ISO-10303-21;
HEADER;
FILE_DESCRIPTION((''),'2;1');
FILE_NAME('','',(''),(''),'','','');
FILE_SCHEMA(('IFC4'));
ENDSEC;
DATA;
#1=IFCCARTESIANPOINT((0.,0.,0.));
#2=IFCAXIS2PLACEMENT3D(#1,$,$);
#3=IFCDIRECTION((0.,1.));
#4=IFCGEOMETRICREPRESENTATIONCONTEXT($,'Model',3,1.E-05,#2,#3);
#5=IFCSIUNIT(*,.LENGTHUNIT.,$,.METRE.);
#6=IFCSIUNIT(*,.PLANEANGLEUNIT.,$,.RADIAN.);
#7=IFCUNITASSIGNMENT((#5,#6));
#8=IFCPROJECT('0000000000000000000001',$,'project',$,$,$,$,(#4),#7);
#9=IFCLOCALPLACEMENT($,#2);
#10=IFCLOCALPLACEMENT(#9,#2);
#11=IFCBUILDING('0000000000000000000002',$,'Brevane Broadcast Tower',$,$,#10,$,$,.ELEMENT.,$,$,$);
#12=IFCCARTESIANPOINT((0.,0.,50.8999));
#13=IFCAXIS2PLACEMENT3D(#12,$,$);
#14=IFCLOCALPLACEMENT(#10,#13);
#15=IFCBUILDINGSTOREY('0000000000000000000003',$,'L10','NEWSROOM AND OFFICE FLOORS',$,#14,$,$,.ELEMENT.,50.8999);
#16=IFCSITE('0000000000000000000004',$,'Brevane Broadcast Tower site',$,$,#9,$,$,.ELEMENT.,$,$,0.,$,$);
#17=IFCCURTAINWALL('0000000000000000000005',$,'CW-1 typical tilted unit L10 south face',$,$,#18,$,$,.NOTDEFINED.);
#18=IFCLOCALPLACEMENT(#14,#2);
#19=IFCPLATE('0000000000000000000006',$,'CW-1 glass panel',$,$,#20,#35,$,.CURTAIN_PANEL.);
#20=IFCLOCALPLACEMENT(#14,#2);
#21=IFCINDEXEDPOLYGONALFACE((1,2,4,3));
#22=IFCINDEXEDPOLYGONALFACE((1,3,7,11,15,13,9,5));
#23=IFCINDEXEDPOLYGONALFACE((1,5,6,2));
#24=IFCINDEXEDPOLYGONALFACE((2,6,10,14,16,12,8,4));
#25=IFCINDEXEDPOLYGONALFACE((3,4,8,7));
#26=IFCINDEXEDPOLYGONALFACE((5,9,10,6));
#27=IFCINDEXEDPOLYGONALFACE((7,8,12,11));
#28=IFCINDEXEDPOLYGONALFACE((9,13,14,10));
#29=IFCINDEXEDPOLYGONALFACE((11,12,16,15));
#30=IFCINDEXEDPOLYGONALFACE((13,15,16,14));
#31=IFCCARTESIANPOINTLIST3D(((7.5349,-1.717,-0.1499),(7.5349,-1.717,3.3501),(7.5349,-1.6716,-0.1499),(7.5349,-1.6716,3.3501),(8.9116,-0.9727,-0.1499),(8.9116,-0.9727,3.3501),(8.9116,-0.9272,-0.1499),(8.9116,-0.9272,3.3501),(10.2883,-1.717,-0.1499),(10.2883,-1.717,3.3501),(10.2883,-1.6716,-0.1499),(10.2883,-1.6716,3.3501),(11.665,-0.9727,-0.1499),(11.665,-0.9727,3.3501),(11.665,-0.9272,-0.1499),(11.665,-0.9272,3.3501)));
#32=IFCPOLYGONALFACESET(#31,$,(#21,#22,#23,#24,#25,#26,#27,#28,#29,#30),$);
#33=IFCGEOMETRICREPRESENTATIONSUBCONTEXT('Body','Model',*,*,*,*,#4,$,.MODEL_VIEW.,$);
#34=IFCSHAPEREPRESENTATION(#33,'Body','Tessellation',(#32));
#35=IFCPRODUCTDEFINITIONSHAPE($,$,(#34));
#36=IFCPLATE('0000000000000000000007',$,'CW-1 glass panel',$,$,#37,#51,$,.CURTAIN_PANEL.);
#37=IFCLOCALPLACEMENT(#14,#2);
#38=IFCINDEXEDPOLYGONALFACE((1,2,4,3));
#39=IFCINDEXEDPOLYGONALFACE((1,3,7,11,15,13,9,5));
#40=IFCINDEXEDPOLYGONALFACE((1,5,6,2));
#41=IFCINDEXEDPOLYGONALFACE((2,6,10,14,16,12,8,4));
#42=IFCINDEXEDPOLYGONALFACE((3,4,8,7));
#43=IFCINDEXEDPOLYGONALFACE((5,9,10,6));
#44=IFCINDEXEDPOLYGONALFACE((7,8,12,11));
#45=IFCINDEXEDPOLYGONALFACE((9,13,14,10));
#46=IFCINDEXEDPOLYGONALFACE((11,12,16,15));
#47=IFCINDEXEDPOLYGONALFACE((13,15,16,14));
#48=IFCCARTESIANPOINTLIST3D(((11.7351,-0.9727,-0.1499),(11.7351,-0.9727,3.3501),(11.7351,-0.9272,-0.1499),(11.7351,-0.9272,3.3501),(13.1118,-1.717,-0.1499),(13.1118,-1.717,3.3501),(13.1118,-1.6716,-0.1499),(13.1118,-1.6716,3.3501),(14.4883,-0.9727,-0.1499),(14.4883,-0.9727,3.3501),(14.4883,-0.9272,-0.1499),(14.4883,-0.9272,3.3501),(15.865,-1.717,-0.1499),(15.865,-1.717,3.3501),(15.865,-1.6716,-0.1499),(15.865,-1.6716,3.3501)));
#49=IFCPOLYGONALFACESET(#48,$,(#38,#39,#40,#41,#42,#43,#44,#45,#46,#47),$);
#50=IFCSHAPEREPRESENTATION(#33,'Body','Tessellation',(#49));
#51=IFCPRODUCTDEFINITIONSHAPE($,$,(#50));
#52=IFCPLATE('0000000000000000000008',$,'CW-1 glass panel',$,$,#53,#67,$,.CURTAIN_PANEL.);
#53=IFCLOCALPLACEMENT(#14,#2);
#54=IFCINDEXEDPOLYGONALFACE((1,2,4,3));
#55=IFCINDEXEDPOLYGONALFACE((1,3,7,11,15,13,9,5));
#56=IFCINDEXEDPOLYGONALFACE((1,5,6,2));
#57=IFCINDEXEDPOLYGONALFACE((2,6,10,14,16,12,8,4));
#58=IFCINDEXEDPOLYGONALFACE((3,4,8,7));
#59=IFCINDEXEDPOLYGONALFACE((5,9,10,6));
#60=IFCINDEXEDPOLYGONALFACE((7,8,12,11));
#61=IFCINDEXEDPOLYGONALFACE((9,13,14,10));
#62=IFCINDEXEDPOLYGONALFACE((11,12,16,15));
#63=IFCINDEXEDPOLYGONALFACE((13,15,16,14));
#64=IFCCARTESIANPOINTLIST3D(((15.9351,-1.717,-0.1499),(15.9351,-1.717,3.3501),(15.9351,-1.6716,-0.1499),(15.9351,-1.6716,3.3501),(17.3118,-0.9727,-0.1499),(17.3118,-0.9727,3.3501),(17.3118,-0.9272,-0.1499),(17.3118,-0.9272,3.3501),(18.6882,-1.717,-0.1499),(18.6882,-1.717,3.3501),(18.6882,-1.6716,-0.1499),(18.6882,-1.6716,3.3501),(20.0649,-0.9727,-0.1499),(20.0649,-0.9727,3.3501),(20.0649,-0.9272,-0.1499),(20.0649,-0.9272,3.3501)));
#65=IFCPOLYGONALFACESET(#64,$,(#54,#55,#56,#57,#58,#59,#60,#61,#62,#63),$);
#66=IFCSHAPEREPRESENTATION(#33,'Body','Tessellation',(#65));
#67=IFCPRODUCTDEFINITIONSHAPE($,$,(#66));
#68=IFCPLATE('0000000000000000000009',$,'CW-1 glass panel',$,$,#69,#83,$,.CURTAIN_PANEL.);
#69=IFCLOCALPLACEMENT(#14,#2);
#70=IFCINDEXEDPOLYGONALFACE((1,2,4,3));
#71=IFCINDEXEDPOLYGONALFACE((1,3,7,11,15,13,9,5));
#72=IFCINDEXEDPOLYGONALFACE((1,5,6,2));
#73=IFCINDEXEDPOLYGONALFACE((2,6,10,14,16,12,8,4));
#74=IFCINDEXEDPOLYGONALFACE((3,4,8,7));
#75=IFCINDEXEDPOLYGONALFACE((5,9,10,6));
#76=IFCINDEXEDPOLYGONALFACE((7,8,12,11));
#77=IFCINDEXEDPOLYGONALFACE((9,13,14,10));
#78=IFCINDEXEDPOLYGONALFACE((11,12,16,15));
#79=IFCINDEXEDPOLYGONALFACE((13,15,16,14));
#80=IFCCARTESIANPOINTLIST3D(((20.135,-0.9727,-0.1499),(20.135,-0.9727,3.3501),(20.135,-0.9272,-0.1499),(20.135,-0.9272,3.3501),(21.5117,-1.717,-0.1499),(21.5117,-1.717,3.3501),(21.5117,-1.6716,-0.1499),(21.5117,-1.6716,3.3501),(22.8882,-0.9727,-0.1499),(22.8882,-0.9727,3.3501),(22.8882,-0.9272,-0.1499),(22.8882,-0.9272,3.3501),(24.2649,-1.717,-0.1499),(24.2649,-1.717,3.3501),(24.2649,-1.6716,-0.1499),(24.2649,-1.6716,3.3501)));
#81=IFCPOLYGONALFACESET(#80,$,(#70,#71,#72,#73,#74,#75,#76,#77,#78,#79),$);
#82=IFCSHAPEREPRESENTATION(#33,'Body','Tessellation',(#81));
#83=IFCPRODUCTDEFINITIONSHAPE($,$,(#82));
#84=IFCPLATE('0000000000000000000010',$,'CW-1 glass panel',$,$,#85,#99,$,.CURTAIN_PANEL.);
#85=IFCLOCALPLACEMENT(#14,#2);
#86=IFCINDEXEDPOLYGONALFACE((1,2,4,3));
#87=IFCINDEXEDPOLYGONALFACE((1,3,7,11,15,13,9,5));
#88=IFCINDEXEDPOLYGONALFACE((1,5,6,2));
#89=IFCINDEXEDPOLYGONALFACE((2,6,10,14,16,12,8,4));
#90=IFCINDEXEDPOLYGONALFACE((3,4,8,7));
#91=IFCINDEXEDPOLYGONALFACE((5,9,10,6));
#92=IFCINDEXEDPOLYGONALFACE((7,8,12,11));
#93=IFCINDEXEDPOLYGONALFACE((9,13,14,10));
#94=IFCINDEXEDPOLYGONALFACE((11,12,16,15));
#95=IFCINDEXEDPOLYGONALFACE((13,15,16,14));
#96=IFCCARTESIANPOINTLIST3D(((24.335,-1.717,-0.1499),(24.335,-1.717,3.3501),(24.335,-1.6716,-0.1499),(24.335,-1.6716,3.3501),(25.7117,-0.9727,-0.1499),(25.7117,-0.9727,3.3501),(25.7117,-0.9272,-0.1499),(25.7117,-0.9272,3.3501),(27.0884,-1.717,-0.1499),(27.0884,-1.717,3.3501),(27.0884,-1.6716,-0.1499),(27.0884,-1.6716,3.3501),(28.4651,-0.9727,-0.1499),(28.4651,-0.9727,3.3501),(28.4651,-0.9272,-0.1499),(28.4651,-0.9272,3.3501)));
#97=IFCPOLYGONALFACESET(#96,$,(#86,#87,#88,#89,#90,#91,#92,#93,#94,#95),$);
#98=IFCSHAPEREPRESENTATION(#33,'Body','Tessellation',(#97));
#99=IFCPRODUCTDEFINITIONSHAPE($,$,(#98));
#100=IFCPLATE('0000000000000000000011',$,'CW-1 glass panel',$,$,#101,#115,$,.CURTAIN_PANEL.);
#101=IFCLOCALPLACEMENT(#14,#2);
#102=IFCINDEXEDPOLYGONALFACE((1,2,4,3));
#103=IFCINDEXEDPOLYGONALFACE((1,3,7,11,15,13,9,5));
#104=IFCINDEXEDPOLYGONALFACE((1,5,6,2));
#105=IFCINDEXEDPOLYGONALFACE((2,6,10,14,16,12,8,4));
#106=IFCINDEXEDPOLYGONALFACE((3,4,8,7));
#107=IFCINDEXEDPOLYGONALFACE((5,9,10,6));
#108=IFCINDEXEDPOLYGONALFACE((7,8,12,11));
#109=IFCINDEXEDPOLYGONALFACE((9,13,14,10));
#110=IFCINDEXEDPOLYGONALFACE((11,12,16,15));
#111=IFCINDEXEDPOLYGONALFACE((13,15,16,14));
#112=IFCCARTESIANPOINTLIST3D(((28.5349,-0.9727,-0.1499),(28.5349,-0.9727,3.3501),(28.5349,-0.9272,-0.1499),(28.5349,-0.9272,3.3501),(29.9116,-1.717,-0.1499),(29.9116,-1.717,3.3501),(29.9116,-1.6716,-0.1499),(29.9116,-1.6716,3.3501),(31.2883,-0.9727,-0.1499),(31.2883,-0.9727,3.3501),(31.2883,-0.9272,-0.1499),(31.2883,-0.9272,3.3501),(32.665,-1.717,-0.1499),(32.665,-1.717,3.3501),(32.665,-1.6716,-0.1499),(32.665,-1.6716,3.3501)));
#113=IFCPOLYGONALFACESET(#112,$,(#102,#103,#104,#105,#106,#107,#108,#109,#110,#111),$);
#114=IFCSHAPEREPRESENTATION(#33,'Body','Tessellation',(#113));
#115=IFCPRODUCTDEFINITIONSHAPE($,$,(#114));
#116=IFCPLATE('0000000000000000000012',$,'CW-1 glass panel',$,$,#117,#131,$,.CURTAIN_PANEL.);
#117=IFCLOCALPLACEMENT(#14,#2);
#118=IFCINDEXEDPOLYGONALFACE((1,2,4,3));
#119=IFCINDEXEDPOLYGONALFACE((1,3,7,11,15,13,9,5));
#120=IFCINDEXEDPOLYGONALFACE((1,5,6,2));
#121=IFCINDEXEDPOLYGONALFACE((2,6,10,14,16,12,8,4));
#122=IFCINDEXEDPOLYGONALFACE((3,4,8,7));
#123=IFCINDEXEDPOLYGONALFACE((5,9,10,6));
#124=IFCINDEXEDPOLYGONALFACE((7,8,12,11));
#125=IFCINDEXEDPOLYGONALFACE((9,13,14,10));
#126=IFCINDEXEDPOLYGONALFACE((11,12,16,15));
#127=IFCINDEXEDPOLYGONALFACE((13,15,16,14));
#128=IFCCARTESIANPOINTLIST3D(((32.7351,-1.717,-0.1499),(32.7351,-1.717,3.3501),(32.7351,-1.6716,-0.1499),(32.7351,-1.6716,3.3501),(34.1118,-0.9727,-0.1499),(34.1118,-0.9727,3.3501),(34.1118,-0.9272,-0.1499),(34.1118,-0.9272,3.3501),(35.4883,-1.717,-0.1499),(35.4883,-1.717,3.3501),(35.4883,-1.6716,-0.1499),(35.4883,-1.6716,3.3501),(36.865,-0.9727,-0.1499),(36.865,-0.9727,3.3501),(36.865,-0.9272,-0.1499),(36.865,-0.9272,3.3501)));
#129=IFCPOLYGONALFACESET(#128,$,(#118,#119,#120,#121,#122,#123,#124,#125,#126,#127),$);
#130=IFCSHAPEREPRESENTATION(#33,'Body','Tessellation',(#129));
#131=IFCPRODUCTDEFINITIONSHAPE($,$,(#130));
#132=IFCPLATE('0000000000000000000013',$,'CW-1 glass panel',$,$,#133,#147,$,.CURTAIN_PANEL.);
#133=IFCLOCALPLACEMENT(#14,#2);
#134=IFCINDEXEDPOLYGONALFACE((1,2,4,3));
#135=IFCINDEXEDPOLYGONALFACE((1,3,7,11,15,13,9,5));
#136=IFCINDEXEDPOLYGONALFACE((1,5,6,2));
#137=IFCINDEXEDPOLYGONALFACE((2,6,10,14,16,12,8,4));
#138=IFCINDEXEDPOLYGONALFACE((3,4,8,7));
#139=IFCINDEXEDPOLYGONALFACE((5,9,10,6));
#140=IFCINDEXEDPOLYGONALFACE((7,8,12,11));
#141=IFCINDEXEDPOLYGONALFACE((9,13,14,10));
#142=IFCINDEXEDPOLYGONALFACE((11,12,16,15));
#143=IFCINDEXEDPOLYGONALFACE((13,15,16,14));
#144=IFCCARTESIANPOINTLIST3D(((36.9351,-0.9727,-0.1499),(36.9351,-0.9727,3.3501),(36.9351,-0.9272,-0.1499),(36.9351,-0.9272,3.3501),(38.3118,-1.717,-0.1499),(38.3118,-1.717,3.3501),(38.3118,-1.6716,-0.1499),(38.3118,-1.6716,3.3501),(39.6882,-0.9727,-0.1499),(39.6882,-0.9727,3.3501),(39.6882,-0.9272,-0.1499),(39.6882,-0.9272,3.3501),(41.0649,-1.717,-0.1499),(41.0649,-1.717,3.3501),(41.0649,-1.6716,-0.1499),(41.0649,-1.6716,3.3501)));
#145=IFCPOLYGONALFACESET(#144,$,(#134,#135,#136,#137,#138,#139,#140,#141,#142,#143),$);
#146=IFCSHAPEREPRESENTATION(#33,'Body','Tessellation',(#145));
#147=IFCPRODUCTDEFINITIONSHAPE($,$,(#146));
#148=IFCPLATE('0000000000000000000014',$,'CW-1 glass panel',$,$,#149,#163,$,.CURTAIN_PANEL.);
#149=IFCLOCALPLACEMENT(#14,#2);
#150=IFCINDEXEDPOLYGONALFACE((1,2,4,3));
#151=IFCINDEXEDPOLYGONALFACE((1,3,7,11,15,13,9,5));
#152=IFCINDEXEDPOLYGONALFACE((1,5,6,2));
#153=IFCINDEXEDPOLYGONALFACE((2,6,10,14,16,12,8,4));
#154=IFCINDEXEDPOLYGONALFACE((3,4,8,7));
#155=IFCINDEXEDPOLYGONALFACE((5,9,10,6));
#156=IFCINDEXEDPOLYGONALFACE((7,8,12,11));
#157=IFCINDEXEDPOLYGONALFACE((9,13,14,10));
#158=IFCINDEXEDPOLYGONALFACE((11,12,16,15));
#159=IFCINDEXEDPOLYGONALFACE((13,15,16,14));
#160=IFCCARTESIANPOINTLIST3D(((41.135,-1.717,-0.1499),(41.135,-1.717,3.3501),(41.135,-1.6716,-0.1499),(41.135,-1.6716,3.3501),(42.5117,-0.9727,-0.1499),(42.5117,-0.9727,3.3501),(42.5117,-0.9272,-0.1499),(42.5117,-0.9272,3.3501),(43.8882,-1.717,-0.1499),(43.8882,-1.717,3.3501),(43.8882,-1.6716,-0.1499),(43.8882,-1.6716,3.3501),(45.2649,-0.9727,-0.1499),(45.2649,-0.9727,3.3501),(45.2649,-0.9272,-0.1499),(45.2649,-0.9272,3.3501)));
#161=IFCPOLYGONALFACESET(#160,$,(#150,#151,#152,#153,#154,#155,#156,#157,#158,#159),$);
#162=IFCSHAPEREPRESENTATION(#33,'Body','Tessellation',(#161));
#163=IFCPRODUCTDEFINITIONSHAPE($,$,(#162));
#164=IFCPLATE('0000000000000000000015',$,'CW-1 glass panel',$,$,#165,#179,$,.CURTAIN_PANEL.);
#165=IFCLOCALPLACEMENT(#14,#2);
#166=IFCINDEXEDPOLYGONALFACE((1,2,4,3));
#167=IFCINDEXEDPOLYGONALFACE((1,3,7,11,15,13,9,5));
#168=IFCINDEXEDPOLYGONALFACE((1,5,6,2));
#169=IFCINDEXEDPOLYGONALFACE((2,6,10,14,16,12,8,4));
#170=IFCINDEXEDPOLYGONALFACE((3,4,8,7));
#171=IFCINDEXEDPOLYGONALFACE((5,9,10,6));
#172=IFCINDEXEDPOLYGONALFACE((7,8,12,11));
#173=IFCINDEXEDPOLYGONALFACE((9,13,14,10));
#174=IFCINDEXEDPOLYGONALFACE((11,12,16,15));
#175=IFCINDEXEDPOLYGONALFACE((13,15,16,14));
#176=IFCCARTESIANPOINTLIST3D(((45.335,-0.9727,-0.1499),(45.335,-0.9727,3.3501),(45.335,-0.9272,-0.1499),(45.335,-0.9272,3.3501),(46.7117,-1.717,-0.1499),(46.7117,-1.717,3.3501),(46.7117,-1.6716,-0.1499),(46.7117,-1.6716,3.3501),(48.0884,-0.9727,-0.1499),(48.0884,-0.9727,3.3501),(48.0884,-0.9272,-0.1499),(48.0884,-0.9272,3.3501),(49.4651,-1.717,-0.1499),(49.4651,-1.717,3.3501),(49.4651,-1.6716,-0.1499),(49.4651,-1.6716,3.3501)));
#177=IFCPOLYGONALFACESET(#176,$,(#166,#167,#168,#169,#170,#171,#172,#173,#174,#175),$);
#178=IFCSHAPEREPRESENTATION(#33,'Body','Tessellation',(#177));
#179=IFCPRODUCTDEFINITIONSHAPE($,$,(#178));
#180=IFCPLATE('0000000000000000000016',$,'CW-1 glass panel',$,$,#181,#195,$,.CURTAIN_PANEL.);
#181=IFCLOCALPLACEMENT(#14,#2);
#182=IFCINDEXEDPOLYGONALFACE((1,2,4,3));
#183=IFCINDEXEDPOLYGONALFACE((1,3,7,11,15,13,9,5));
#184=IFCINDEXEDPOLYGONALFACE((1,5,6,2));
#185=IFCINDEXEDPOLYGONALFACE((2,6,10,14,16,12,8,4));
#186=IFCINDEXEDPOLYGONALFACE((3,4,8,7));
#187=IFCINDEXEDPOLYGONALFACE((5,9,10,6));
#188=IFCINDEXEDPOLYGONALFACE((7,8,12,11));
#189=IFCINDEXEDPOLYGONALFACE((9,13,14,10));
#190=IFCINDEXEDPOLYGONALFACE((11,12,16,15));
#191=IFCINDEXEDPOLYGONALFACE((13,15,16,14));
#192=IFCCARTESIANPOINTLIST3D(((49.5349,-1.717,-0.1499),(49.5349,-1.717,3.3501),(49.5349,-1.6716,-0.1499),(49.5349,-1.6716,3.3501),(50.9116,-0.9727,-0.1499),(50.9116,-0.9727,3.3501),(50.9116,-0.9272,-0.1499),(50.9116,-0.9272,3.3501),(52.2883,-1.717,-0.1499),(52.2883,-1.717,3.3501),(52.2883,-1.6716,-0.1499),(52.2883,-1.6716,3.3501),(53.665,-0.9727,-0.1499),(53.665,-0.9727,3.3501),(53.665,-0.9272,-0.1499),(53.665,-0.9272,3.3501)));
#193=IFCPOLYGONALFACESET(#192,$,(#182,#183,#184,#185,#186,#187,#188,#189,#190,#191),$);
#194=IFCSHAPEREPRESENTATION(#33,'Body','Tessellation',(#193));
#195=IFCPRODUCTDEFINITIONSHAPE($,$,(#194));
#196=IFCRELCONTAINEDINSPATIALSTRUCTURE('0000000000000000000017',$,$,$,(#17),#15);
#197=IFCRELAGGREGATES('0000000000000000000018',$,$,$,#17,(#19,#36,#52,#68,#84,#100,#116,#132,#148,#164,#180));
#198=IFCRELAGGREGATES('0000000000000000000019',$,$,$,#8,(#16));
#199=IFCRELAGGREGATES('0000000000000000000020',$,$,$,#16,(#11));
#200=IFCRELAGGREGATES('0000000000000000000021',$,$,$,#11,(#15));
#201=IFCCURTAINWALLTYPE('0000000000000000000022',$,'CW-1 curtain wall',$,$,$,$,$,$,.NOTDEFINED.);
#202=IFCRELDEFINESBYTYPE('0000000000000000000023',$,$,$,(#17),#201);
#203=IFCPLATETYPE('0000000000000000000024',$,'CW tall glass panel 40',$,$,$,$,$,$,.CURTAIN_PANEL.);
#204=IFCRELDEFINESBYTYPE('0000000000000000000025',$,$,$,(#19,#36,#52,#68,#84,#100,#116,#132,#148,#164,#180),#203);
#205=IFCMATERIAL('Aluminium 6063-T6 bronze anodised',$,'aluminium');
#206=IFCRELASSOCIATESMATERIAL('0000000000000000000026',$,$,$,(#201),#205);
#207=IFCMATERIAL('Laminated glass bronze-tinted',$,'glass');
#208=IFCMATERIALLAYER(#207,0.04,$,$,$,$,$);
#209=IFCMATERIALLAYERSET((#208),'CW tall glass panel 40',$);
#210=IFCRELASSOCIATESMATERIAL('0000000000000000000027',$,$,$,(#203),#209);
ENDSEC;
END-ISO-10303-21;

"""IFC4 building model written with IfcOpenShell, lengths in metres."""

from ifc_helpers import new_model, si_unit, direction, frame, origin, place, context, subcontext, project, spatial, polyline, outline, extrude, material, layer, layer_set, type_object, element, aggregate, save


model = new_model("IFC4")

# Units and contexts
model_context = context("Model", 3, precision=1e-05, world=origin(), true_north=direction((0.0, 1.0)))
body_context = subcontext(model_context, "Body", "Model", "MODEL_VIEW")
ifc_project = project(units=[si_unit("LENGTHUNIT", "METRE"), si_unit("PLANEANGLEUNIT", "RADIAN")], contexts=[model_context])

# Site, building, storey
site_placement = place(None, origin())
site = spatial("IfcSite", under=ifc_project, at=site_placement, Name="Brevane Broadcast Tower site", CompositionType="ELEMENT", RefElevation=0.0)
building_placement = place(site_placement, origin())
building = spatial("IfcBuilding", under=site, at=building_placement, Name="Brevane Broadcast Tower", CompositionType="ELEMENT")
storey_placement = place(building_placement, frame((0.0, 0.0, 50.8999)))
storey = spatial("IfcBuildingStorey", under=building, at=storey_placement, Name="L10", Description="NEWSROOM AND OFFICE FLOORS", CompositionType="ELEMENT", Elevation=50.8999)

# Curtain wall, plates
ifc_material_1 = material(Name="Aluminium 6063-T6 bronze anodised", Category="aluminium")
curtain_wall_type = type_object("IfcCurtainWallType", Name="CW-1 curtain wall", PredefinedType="NOTDEFINED", material=ifc_material_1)
curtain_wall_1_placement = place(storey_placement, origin())
curtain_wall_1 = element("IfcCurtainWall", 1, at=curtain_wall_1_placement, inside=storey, type_object=curtain_wall_type, Name="CW-1 typical tilted unit L10 south face", PredefinedType="NOTDEFINED")
ifc_material_2 = material(Name="Laminated glass bronze-tinted", Category="glass")
ifc_layer = layer(ifc_material_2, 0.04)
ifc_layer_set = layer_set([ifc_layer], Name="CW tall glass panel 40")
plate_type = type_object("IfcPlateType", Name="CW tall glass panel 40", PredefinedType="CURTAIN_PANEL", material=ifc_layer_set)
plate_1_placement = place(storey_placement, frame((0.0, 0.0, -0.1499)))
plate_1 = element("IfcPlate", 2, at=plate_1_placement, type_object=plate_type, Name="CW-1 glass panel", PredefinedType="CURTAIN_PANEL", context=body_context, shape_type="SweptSolid", body=[
    extrude(outline(polyline([(7.5349, -1.6716), (7.5349, -1.717), (8.9116, -0.9727), (10.2883, -1.717), (11.665, -0.9727), (11.665, -0.9272), (10.2883, -1.6716), (8.9116, -0.9272), (7.5349, -1.6716)])), origin(), (0.0, 0.0, 1.0), 3.5),
])
plate_2_placement = place(storey_placement, frame((0.0, 0.0, -0.1499)))
plate_2 = element("IfcPlate", 3, at=plate_2_placement, type_object=plate_type, Name="CW-1 glass panel", PredefinedType="CURTAIN_PANEL", context=body_context, shape_type="SweptSolid", body=[
    extrude(outline(polyline([(11.7351, -0.9272), (11.7351, -0.9727), (13.1118, -1.717), (14.4883, -0.9727), (15.865, -1.717), (15.865, -1.6716), (14.4883, -0.9272), (13.1118, -1.6716), (11.7351, -0.9272)])), origin(), (0.0, 0.0, 1.0), 3.5),
])
plate_3_placement = place(storey_placement, frame((0.0, 0.0, -0.1499)))
plate_3 = element("IfcPlate", 4, at=plate_3_placement, type_object=plate_type, Name="CW-1 glass panel", PredefinedType="CURTAIN_PANEL", context=body_context, shape_type="SweptSolid", body=[
    extrude(outline(polyline([(15.9351, -1.6716), (15.9351, -1.717), (17.3118, -0.9727), (18.6882, -1.717), (20.0649, -0.9727), (20.0649, -0.9272), (18.6882, -1.6716), (17.3118, -0.9272), (15.9351, -1.6716)])), origin(), (0.0, 0.0, 1.0), 3.5),
])
plate_4_placement = place(storey_placement, frame((0.0, 0.0, -0.1499)))
plate_4 = element("IfcPlate", 5, at=plate_4_placement, type_object=plate_type, Name="CW-1 glass panel", PredefinedType="CURTAIN_PANEL", context=body_context, shape_type="SweptSolid", body=[
    extrude(outline(polyline([(20.135, -0.9272), (20.135, -0.9727), (21.5117, -1.717), (22.8882, -0.9727), (24.2649, -1.717), (24.2649, -1.6716), (22.8882, -0.9272), (21.5117, -1.6716), (20.135, -0.9272)])), origin(), (0.0, 0.0, 1.0), 3.5),
])
plate_5_placement = place(storey_placement, frame((0.0, 0.0, -0.1499)))
plate_5 = element("IfcPlate", 6, at=plate_5_placement, type_object=plate_type, Name="CW-1 glass panel", PredefinedType="CURTAIN_PANEL", context=body_context, shape_type="SweptSolid", body=[
    extrude(outline(polyline([(24.335, -1.6716), (24.335, -1.717), (25.7117, -0.9727), (27.0884, -1.717), (28.4651, -0.9727), (28.4651, -0.9272), (27.0884, -1.6716), (25.7117, -0.9272), (24.335, -1.6716)])), origin(), (0.0, 0.0, 1.0), 3.5),
])
plate_6_placement = place(storey_placement, frame((0.0, 0.0, -0.1499)))
plate_6 = element("IfcPlate", 7, at=plate_6_placement, type_object=plate_type, Name="CW-1 glass panel", PredefinedType="CURTAIN_PANEL", context=body_context, shape_type="SweptSolid", body=[
    extrude(outline(polyline([(28.5349, -0.9272), (28.5349, -0.9727), (29.9116, -1.717), (31.2883, -0.9727), (32.665, -1.717), (32.665, -1.6716), (31.2883, -0.9272), (29.9116, -1.6716), (28.5349, -0.9272)])), origin(), (0.0, 0.0, 1.0), 3.5),
])
plate_7_placement = place(storey_placement, frame((0.0, 0.0, -0.1499)))
plate_7 = element("IfcPlate", 8, at=plate_7_placement, type_object=plate_type, Name="CW-1 glass panel", PredefinedType="CURTAIN_PANEL", context=body_context, shape_type="SweptSolid", body=[
    extrude(outline(polyline([(32.7351, -1.6716), (32.7351, -1.717), (34.1118, -0.9727), (35.4883, -1.717), (36.865, -0.9727), (36.865, -0.9272), (35.4883, -1.6716), (34.1118, -0.9272), (32.7351, -1.6716)])), origin(), (0.0, 0.0, 1.0), 3.5),
])
plate_8_placement = place(storey_placement, frame((0.0, 0.0, -0.1499)))
plate_8 = element("IfcPlate", 9, at=plate_8_placement, type_object=plate_type, Name="CW-1 glass panel", PredefinedType="CURTAIN_PANEL", context=body_context, shape_type="SweptSolid", body=[
    extrude(outline(polyline([(36.9351, -0.9272), (36.9351, -0.9727), (38.3118, -1.717), (39.6882, -0.9727), (41.0649, -1.717), (41.0649, -1.6716), (39.6882, -0.9272), (38.3118, -1.6716), (36.9351, -0.9272)])), origin(), (0.0, 0.0, 1.0), 3.5),
])
plate_9_placement = place(storey_placement, frame((0.0, 0.0, -0.1499)))
plate_9 = element("IfcPlate", 10, at=plate_9_placement, type_object=plate_type, Name="CW-1 glass panel", PredefinedType="CURTAIN_PANEL", context=body_context, shape_type="SweptSolid", body=[
    extrude(outline(polyline([(41.135, -1.6716), (41.135, -1.717), (42.5117, -0.9727), (43.8882, -1.717), (45.2649, -0.9727), (45.2649, -0.9272), (43.8882, -1.6716), (42.5117, -0.9272), (41.135, -1.6716)])), origin(), (0.0, 0.0, 1.0), 3.5),
])
plate_10_placement = place(storey_placement, frame((0.0, 0.0, -0.1499)))
plate_10 = element("IfcPlate", 11, at=plate_10_placement, type_object=plate_type, Name="CW-1 glass panel", PredefinedType="CURTAIN_PANEL", context=body_context, shape_type="SweptSolid", body=[
    extrude(outline(polyline([(45.335, -0.9272), (45.335, -0.9727), (46.7117, -1.717), (48.0884, -0.9727), (49.4651, -1.717), (49.4651, -1.6716), (48.0884, -0.9272), (46.7117, -1.6716), (45.335, -0.9272)])), origin(), (0.0, 0.0, 1.0), 3.5),
])
plate_11_placement = place(storey_placement, frame((0.0, 0.0, -0.1499)))
plate_11 = element("IfcPlate", 12, at=plate_11_placement, type_object=plate_type, Name="CW-1 glass panel", PredefinedType="CURTAIN_PANEL", context=body_context, shape_type="SweptSolid", body=[
    extrude(outline(polyline([(49.5349, -1.6716), (49.5349, -1.717), (50.9116, -0.9727), (52.2883, -1.717), (53.665, -0.9727), (53.665, -0.9272), (52.2883, -1.6716), (50.9116, -0.9272), (49.5349, -1.6716)])), origin(), (0.0, 0.0, 1.0), 3.5),
])
aggregate(curtain_wall_1, [plate_1, plate_2, plate_3, plate_4, plate_5, plate_6, plate_7, plate_8, plate_9, plate_10, plate_11])

save(model, "model.ifc")
